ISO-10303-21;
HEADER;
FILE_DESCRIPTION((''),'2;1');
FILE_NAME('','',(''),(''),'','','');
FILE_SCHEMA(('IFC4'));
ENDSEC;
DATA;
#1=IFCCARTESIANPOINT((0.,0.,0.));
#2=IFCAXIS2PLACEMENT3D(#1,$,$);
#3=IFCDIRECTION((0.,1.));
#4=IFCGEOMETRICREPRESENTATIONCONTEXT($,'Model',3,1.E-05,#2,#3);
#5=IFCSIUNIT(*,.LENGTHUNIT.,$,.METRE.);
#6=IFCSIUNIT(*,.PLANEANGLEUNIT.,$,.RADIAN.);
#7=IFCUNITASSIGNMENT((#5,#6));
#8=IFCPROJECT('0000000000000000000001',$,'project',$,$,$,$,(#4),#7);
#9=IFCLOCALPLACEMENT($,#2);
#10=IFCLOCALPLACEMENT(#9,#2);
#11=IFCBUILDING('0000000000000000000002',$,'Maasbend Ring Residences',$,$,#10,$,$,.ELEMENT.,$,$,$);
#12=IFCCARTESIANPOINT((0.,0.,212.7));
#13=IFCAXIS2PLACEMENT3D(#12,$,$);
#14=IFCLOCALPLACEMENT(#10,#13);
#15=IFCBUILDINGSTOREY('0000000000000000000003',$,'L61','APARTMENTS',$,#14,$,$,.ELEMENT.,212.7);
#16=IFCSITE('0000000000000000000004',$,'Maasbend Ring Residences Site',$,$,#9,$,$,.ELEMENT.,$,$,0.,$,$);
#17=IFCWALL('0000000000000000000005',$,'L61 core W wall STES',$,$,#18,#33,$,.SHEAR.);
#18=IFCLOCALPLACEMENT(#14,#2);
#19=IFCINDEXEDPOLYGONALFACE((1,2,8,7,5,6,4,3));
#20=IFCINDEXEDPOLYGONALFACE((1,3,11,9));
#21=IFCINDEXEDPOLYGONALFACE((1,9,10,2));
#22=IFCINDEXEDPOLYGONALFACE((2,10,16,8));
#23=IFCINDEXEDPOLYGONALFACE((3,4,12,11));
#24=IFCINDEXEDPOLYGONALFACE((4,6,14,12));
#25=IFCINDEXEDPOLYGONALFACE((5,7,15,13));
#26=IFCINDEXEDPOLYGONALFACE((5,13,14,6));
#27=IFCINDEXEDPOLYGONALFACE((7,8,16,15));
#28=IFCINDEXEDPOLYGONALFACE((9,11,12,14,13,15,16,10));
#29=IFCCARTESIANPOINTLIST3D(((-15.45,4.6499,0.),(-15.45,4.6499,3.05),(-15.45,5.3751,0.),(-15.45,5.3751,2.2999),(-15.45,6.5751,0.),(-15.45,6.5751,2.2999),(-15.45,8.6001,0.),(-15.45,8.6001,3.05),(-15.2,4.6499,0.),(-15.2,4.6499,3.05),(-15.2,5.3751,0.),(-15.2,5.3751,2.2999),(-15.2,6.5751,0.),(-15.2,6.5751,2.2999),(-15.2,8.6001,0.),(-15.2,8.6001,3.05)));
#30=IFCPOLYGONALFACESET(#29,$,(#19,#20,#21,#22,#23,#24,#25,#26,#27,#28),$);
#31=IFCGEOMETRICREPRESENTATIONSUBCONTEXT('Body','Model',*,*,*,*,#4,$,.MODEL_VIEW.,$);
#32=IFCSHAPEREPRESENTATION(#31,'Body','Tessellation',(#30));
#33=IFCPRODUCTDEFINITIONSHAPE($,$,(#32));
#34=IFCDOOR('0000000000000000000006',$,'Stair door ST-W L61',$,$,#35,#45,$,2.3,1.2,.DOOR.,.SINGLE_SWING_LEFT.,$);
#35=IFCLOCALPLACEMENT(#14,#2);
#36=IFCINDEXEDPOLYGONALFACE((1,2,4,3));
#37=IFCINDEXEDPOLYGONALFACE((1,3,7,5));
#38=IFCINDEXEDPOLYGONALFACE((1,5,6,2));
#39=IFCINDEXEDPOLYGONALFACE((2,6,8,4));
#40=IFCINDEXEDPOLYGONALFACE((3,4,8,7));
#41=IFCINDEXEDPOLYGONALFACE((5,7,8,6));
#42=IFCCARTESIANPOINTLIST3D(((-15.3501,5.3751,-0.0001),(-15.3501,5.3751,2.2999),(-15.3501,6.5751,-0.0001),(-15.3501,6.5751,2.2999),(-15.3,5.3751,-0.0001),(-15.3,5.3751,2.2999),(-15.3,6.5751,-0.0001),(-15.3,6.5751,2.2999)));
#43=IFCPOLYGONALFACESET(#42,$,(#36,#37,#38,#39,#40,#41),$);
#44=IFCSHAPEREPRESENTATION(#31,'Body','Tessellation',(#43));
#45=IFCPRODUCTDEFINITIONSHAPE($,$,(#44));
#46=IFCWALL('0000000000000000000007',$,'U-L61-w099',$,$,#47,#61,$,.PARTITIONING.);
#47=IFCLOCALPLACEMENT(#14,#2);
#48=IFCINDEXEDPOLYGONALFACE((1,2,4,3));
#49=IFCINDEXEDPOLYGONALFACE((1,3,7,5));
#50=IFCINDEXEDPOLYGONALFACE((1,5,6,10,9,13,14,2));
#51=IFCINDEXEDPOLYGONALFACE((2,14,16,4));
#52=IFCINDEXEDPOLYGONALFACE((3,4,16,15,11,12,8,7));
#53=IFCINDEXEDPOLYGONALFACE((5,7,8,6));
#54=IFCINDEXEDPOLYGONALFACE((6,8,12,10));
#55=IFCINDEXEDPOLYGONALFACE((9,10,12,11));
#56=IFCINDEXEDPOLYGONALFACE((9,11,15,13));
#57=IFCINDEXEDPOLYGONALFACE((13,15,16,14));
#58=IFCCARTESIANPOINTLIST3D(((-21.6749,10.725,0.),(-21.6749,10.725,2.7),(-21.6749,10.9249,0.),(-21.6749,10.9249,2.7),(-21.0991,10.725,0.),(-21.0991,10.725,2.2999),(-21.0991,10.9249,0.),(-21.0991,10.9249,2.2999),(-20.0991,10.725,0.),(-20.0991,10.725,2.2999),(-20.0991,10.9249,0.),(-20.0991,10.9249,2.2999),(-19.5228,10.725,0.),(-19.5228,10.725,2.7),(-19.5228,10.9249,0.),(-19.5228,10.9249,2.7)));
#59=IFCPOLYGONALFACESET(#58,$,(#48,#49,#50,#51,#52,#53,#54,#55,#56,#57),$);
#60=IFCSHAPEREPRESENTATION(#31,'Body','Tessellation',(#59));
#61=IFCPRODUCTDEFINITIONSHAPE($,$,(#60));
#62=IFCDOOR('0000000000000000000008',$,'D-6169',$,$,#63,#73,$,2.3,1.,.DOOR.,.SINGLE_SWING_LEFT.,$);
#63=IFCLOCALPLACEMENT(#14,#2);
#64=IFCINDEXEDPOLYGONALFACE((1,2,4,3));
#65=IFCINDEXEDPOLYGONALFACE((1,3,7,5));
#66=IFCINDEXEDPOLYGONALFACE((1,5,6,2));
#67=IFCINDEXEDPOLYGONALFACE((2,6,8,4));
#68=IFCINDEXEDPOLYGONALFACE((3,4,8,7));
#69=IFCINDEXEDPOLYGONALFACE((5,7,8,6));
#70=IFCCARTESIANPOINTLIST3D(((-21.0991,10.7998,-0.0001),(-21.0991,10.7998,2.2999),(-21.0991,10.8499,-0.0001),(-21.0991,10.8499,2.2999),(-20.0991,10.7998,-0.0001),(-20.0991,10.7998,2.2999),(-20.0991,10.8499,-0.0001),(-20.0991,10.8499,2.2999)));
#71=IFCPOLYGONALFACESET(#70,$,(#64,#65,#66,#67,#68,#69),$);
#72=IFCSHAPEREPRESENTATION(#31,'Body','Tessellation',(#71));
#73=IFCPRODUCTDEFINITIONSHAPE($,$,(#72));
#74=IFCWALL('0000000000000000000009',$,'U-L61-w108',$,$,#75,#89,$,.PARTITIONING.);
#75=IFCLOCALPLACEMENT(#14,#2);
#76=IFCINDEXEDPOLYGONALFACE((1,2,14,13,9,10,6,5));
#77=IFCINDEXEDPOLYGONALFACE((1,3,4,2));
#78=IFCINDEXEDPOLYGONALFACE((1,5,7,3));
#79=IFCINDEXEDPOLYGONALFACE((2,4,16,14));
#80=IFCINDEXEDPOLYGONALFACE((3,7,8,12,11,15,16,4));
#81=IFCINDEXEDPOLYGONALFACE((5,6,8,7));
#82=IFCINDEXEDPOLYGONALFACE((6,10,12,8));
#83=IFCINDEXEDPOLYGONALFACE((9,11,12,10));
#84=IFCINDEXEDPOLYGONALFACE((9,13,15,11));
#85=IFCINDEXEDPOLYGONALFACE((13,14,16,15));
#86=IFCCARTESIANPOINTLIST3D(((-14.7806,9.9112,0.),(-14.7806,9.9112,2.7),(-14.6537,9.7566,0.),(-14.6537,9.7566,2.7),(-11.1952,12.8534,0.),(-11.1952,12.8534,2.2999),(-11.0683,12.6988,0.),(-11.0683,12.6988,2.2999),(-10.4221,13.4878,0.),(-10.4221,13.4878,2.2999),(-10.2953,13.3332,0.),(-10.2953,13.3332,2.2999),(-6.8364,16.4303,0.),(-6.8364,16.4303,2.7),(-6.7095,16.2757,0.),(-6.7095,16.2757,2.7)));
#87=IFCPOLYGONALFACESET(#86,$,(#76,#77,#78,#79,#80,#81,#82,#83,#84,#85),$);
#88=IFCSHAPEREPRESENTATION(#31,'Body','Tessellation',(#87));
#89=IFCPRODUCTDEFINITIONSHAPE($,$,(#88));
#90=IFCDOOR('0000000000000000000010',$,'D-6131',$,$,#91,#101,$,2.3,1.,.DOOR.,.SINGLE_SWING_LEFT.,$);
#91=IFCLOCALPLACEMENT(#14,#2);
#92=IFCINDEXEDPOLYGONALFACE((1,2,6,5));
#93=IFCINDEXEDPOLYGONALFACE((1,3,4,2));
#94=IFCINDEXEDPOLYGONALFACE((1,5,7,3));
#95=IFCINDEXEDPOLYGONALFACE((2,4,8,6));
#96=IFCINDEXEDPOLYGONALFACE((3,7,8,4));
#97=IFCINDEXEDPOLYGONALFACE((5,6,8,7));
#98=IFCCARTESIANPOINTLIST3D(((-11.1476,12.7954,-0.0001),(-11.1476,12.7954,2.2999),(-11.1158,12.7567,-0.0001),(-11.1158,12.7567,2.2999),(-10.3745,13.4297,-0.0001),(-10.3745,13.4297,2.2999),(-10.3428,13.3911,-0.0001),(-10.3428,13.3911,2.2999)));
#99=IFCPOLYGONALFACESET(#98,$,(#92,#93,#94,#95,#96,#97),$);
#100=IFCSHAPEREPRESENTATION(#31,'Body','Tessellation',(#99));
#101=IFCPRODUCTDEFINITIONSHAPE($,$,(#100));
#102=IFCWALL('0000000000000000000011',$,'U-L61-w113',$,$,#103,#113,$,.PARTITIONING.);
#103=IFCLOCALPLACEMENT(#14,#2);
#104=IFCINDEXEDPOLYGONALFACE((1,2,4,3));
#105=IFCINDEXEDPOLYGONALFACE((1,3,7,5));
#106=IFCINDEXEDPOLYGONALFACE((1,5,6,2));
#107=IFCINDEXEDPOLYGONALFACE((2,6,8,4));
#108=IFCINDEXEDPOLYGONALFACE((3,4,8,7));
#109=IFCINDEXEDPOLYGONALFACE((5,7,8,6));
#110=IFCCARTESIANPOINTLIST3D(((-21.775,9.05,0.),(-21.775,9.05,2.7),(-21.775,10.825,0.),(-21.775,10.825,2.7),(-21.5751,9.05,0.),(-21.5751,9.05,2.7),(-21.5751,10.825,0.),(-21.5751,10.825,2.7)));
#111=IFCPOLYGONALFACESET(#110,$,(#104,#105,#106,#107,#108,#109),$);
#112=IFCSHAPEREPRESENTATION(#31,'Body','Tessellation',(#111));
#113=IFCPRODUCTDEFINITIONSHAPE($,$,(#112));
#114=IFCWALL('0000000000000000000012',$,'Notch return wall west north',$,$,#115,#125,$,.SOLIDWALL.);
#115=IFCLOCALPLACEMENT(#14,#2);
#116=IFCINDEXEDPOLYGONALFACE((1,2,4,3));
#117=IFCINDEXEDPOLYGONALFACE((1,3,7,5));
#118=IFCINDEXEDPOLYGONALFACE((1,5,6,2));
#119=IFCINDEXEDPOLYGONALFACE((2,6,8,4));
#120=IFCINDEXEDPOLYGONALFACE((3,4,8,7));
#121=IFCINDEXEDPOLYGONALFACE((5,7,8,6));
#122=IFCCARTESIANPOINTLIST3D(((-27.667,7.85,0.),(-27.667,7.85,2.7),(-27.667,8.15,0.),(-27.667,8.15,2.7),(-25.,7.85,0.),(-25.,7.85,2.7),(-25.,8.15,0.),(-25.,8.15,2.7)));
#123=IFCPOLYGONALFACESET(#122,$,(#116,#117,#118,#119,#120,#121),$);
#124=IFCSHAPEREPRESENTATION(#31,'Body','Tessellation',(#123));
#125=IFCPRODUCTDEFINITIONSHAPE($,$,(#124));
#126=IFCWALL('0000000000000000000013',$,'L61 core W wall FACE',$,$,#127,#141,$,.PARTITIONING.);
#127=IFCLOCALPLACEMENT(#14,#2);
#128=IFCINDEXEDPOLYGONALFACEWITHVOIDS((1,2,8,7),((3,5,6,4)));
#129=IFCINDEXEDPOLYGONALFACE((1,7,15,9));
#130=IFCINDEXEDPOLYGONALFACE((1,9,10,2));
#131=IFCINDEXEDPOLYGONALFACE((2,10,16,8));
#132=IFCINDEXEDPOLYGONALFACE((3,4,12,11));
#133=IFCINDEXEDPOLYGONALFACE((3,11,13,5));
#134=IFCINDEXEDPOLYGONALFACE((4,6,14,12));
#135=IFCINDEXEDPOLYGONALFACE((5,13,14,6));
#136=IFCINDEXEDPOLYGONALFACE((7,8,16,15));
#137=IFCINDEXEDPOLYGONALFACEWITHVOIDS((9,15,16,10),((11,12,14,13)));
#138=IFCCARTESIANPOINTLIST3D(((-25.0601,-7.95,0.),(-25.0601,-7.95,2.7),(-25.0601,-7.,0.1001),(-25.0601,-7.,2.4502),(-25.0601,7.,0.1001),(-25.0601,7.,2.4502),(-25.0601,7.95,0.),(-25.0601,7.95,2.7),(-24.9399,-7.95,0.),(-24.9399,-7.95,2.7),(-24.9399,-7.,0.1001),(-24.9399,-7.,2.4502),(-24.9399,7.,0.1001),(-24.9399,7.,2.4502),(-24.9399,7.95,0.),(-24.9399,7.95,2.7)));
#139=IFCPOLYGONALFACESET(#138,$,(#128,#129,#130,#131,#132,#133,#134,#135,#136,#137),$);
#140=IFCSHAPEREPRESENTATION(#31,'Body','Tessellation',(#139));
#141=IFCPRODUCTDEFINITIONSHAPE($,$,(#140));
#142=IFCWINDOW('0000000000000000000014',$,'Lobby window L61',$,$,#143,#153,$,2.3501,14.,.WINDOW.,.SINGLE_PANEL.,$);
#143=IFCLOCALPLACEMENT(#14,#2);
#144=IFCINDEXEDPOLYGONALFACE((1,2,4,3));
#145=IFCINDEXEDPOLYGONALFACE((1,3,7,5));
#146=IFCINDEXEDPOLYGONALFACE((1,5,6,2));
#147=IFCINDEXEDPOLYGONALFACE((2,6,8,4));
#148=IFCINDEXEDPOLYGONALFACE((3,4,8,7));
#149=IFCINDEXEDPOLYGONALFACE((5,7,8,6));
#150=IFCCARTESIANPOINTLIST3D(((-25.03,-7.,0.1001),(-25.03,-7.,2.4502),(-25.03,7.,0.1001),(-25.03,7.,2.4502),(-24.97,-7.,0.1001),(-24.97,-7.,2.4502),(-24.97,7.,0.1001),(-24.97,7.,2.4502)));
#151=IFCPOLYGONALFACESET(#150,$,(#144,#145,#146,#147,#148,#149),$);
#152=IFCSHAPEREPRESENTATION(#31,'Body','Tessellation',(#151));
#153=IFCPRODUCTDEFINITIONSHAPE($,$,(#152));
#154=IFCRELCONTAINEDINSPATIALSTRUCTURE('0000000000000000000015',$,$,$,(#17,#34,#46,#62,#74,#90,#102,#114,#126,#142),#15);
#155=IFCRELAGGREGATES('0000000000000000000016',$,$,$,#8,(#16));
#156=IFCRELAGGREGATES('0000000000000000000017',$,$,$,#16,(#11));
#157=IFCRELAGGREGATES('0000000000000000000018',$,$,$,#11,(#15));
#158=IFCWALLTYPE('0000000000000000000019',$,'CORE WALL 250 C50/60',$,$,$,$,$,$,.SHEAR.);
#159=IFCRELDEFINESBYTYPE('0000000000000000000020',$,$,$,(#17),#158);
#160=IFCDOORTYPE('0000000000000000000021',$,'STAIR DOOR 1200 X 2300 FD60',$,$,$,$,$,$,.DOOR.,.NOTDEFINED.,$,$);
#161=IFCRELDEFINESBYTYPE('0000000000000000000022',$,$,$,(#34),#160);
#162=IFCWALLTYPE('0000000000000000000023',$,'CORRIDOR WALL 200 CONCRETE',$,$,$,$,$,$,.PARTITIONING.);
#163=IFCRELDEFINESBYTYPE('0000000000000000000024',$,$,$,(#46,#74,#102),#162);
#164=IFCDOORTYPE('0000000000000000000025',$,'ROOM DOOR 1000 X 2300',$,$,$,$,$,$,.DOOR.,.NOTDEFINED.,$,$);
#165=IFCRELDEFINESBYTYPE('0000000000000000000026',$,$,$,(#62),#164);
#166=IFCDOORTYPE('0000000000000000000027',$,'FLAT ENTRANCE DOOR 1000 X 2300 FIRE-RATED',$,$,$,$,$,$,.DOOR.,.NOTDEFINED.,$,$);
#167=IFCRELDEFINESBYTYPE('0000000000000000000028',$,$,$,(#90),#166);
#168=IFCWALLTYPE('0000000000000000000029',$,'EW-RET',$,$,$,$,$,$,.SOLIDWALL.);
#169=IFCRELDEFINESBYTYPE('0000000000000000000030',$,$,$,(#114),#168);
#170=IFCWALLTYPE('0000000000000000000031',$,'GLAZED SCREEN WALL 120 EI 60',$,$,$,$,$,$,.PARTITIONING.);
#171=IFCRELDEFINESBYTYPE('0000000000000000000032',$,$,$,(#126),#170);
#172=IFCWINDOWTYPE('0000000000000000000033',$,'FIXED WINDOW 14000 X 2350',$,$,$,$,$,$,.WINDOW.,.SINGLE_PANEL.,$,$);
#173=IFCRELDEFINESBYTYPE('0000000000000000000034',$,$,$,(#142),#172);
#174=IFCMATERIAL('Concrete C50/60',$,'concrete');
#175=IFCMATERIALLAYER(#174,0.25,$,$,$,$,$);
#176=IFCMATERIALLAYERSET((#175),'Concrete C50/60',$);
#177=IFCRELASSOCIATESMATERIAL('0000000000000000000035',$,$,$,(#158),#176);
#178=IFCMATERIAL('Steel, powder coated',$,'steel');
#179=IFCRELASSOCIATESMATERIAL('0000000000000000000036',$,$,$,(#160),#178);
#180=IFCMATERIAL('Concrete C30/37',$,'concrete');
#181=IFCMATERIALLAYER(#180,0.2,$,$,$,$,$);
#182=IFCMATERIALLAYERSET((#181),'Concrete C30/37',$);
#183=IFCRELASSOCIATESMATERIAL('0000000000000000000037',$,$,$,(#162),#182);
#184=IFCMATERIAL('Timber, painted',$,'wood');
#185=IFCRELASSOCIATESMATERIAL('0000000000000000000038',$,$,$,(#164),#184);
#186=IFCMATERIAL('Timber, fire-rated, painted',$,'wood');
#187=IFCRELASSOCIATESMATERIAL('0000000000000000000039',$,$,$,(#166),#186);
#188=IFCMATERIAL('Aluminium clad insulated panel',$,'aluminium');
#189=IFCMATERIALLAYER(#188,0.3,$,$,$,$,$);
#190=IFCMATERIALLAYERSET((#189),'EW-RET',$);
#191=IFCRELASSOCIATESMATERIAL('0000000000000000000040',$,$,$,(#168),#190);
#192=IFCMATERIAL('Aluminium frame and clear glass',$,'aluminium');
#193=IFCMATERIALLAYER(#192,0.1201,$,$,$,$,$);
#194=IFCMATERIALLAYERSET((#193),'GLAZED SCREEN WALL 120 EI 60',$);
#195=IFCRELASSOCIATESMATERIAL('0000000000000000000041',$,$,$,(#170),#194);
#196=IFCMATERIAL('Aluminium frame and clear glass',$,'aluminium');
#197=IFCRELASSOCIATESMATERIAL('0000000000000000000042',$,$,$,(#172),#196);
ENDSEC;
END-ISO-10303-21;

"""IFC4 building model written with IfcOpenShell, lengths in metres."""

from ifc_helpers import new_model, si_unit, direction, frame, frame_2d, origin, place, context, subcontext, project, spatial, rectangle, extrude, material, layer, layer_set, type_object, element, fill, save


model = new_model("IFC4")

# Units and contexts
model_context = context("Model", 3, precision=1e-05, world=origin(), true_north=direction((0.0, 1.0)))
body_context = subcontext(model_context, "Body", "Model", "MODEL_VIEW")
ifc_project = project(units=[si_unit("LENGTHUNIT", "METRE"), si_unit("PLANEANGLEUNIT", "RADIAN")], contexts=[model_context])

# Site, building, storey
site_placement = place(None, origin())
site = spatial("IfcSite", under=ifc_project, at=site_placement, Name="Maasbend Ring Residences Site", CompositionType="ELEMENT", RefElevation=0.0)
building_placement = place(site_placement, origin())
building = spatial("IfcBuilding", under=site, at=building_placement, Name="Maasbend Ring Residences", CompositionType="ELEMENT")
storey_placement = place(building_placement, frame((0.0, 0.0, 212.7)))
storey = spatial("IfcBuildingStorey", under=building, at=storey_placement, Name="L61", Description="APARTMENTS", CompositionType="ELEMENT", Elevation=212.7)

# Walls, openings, doors
ifc_material_1 = material(Name="Concrete C50/60", Category="concrete")
ifc_layer_1 = layer(ifc_material_1, 0.25)
ifc_layer_set_1 = layer_set([ifc_layer_1], Name="Concrete C50/60")
wall_type_1 = type_object("IfcWallType", Name="CORE WALL 250 C50/60", PredefinedType="SHEAR", material=ifc_layer_set_1)
wall_1_placement = place(storey_placement, frame((-15.325, 8.6001, 0.0), z_axis=(0.0, 0.0, 1.0), x_axis=(0.0, -1.0, 0.0)))
wall_1 = element("IfcWall", 1, at=wall_1_placement, inside=storey, type_object=wall_type_1, Name="L61 core W wall STES", PredefinedType="SHEAR", context=body_context, shape_type="SweptSolid", body=[
    extrude(rectangle(XDim=3.9502, YDim=0.25, at=frame_2d((1.9751, 0.0))), origin(), (0.0, 0.0, 1.0), 3.05),
])
opening_1_placement = place(wall_1_placement, frame((2.0249, 0.0, 0.0)))
opening_1 = element("IfcOpeningElement", 2, at=opening_1_placement, cuts=wall_1, PredefinedType="OPENING", context=body_context, shape_type="SweptSolid", body=[
    extrude(rectangle(XDim=1.2, YDim=2.3, at=frame_2d((0.6001, 1.1499))), frame((0.0, 0.135, 0.0), z_axis=(0.0, -1.0, 0.0), x_axis=(1.0, 0.0, 0.0)), (0.0, 0.0, 1.0), 0.27),
])
ifc_material_2 = material(Name="Steel, powder coated", Category="steel")
door_type_1 = type_object("IfcDoorType", Name="STAIR DOOR 1200 X 2300 FD60", OperationType="NOTDEFINED", PredefinedType="DOOR", material=ifc_material_2)
door_1_placement = place(opening_1_placement, origin())
door_1 = element("IfcDoor", 3, at=door_1_placement, inside=storey, type_object=door_type_1, Name="Stair door ST-W L61", OperationType="SINGLE_SWING_LEFT", OverallHeight=2.3, OverallWidth=1.2, PredefinedType="DOOR", context=body_context, shape_type="SweptSolid", body=[
    extrude(rectangle(XDim=1.2, YDim=2.3, at=frame_2d((0.6001, 1.1499))), frame((0.0, 0.0249, 0.0), z_axis=(0.0, -1.0, 0.0), x_axis=(1.0, 0.0, 0.0)), (0.0, 0.0, 1.0), 0.05),
])
fill(opening_1, door_1)
ifc_material_3 = material(Name="Concrete C30/37", Category="concrete")
ifc_layer_2 = layer(ifc_material_3, 0.2)
ifc_layer_set_2 = layer_set([ifc_layer_2], Name="Concrete C30/37")
wall_type_2 = type_object("IfcWallType", Name="CORRIDOR WALL 200 CONCRETE", PredefinedType="PARTITIONING", material=ifc_layer_set_2)
wall_2_placement = place(storey_placement, frame((-21.675, 10.825, 0.0), z_axis=(0.0, 0.0, 1.0), x_axis=(1.0, 0.0, 0.0)))
wall_2 = element("IfcWall", 4, at=wall_2_placement, inside=storey, type_object=wall_type_2, Name="U-L61-w099", PredefinedType="PARTITIONING", context=body_context, shape_type="SweptSolid", body=[
    extrude(rectangle(XDim=2.1521, YDim=0.2, at=frame_2d((1.0762, 0.0))), origin(), (0.0, 0.0, 1.0), 2.7),
])
opening_2_placement = place(wall_2_placement, frame((0.5759, 0.0, 0.0)))
opening_2 = element("IfcOpeningElement", 5, at=opening_2_placement, cuts=wall_2, PredefinedType="OPENING", context=body_context, shape_type="SweptSolid", body=[
    extrude(rectangle(XDim=1.0, YDim=2.3, at=frame_2d((0.5, 1.1499))), frame((0.0, 0.1099, 0.0), z_axis=(0.0, -1.0, 0.0), x_axis=(1.0, 0.0, 0.0)), (0.0, 0.0, 1.0), 0.22),
])
ifc_material_4 = material(Name="Timber, painted", Category="wood")
door_type_2 = type_object("IfcDoorType", Name="ROOM DOOR 1000 X 2300", OperationType="NOTDEFINED", PredefinedType="DOOR", material=ifc_material_4)
door_2_placement = place(opening_2_placement, origin())
door_2 = element("IfcDoor", 6, at=door_2_placement, inside=storey, type_object=door_type_2, Name="D-6169", OperationType="SINGLE_SWING_LEFT", OverallHeight=2.3, OverallWidth=1.0, PredefinedType="DOOR", context=body_context, shape_type="SweptSolid", body=[
    extrude(rectangle(XDim=1.0, YDim=2.3, at=frame_2d((0.5, 1.1499))), frame((0.0, 0.0249, 0.0), z_axis=(0.0, -1.0, 0.0), x_axis=(1.0, 0.0, 0.0)), (0.0, 0.0, 1.0), 0.05),
])
fill(opening_2, door_2)
wall_3_placement = place(storey_placement, frame((-14.717, 9.834, 0.0), z_axis=(0.0, 0.0, 1.0), x_axis=(0.773035, 0.634364, 0.0)))
wall_3 = element("IfcWall", 7, at=wall_3_placement, inside=storey, type_object=wall_type_2, Name="U-L61-w108", PredefinedType="PARTITIONING", context=body_context, shape_type="SweptSolid", body=[
    extrude(rectangle(XDim=10.2766, YDim=0.2, at=frame_2d((5.1382, 0.0))), origin(), (0.0, 0.0, 1.0), 2.7),
])
opening_3_placement = place(wall_3_placement, frame((4.6379, 0.0, 0.0)))
opening_3 = element("IfcOpeningElement", 8, at=opening_3_placement, cuts=wall_3, PredefinedType="OPENING", context=body_context, shape_type="SweptSolid", body=[
    extrude(rectangle(XDim=1.0, YDim=2.3, at=frame_2d((0.5, 1.1499))), frame((0.0, 0.1099, 0.0), z_axis=(0.0, -1.0, 0.0), x_axis=(1.0, 0.0, 0.0)), (0.0, 0.0, 1.0), 0.22),
])
ifc_material_5 = material(Name="Timber, fire-rated, painted", Category="wood")
door_type_3 = type_object("IfcDoorType", Name="FLAT ENTRANCE DOOR 1000 X 2300 FIRE-RATED", OperationType="NOTDEFINED", PredefinedType="DOOR", material=ifc_material_5)
door_3_placement = place(opening_3_placement, origin())
door_3 = element("IfcDoor", 9, at=door_3_placement, inside=storey, type_object=door_type_3, Name="D-6131", OperationType="SINGLE_SWING_LEFT", OverallHeight=2.3, OverallWidth=1.0, PredefinedType="DOOR", context=body_context, shape_type="SweptSolid", body=[
    extrude(rectangle(XDim=1.0, YDim=2.3, at=frame_2d((0.5, 1.1499))), frame((0.0, 0.0249, 0.0), z_axis=(0.0, -1.0, 0.0), x_axis=(1.0, 0.0, 0.0)), (0.0, 0.0, 1.0), 0.05),
])
fill(opening_3, door_3)

# Walls
wall_4_placement = place(storey_placement, frame((-21.675, 9.05, 0.0), z_axis=(0.0, 0.0, 1.0), x_axis=(0.0, 1.0, 0.0)))
element("IfcWall", 10, at=wall_4_placement, inside=storey, type_object=wall_type_2, Name="U-L61-w113", PredefinedType="PARTITIONING", context=body_context, shape_type="SweptSolid", body=[
    extrude(rectangle(XDim=1.7749, YDim=0.2, at=frame_2d((0.8875, 0.0))), origin(), (0.0, 0.0, 1.0), 2.7),
])
ifc_material_6 = material(Name="Aluminium clad insulated panel", Category="aluminium")
ifc_layer_3 = layer(ifc_material_6, 0.3)
ifc_layer_set_3 = layer_set([ifc_layer_3], Name="EW-RET")
wall_type_3 = type_object("IfcWallType", Name="EW-RET", PredefinedType="SOLIDWALL", material=ifc_layer_set_3)
wall_5_placement = place(storey_placement, frame((-25.0, 8.0, 0.0), z_axis=(0.0, 0.0, 1.0), x_axis=(-1.0, 0.0, 0.0)))
element("IfcWall", 11, at=wall_5_placement, inside=storey, type_object=wall_type_3, Name="Notch return wall west north", PredefinedType="SOLIDWALL", context=body_context, shape_type="SweptSolid", body=[
    extrude(rectangle(XDim=2.667, YDim=0.3, at=frame_2d((1.3335, 0.0))), origin(), (0.0, 0.0, 1.0), 2.7),
])

# Wall, opening, window
ifc_material_7 = material(Name="Aluminium frame and clear glass", Category="aluminium")
ifc_layer_4 = layer(ifc_material_7, 0.1201)
ifc_layer_set_4 = layer_set([ifc_layer_4], Name="GLAZED SCREEN WALL 120 EI 60")
wall_type_4 = type_object("IfcWallType", Name="GLAZED SCREEN WALL 120 EI 60", PredefinedType="PARTITIONING", material=ifc_layer_set_4)
wall_6_placement = place(storey_placement, frame((-25.0, 7.95, 0.0), z_axis=(0.0, 0.0, 1.0), x_axis=(0.0, -1.0, 0.0)))
wall_6 = element("IfcWall", 12, at=wall_6_placement, inside=storey, type_object=wall_type_4, Name="L61 core W wall FACE", PredefinedType="PARTITIONING", context=body_context, shape_type="SweptSolid", body=[
    extrude(rectangle(XDim=15.8999, YDim=0.1201, at=frame_2d((7.95, 0.0))), origin(), (0.0, 0.0, 1.0), 2.7),
])
opening_4_placement = place(wall_6_placement, frame((0.95, 0.0, 0.1001)))
opening_4 = element("IfcOpeningElement", 13, at=opening_4_placement, cuts=wall_6, PredefinedType="OPENING", context=body_context, shape_type="SweptSolid", body=[
    extrude(rectangle(XDim=14.0, YDim=2.3501, at=frame_2d((7.0, 1.175))), frame((0.0, 0.0701, 0.0), z_axis=(0.0, -1.0, 0.0), x_axis=(1.0, 0.0, 0.0)), (0.0, 0.0, 1.0), 0.1401),
])
ifc_material_8 = material(Name="Aluminium frame and clear glass", Category="aluminium")
window_type = type_object("IfcWindowType", Name="FIXED WINDOW 14000 X 2350", PartitioningType="SINGLE_PANEL", PredefinedType="WINDOW", material=ifc_material_8)
window_placement = place(opening_4_placement, origin())
window = element("IfcWindow", 14, at=window_placement, inside=storey, type_object=window_type, Name="Lobby window L61", OverallHeight=2.3501, OverallWidth=14.0, PartitioningType="SINGLE_PANEL", PredefinedType="WINDOW", context=body_context, shape_type="SweptSolid", body=[
    extrude(rectangle(XDim=14.0, YDim=2.3501, at=frame_2d((7.0, 1.175))), frame((0.0, 0.03, 0.0), z_axis=(0.0, -1.0, 0.0), x_axis=(1.0, 0.0, 0.0)), (0.0, 0.0, 1.0), 0.0601),
])
fill(opening_4, window)

save(model, "model.ifc")
